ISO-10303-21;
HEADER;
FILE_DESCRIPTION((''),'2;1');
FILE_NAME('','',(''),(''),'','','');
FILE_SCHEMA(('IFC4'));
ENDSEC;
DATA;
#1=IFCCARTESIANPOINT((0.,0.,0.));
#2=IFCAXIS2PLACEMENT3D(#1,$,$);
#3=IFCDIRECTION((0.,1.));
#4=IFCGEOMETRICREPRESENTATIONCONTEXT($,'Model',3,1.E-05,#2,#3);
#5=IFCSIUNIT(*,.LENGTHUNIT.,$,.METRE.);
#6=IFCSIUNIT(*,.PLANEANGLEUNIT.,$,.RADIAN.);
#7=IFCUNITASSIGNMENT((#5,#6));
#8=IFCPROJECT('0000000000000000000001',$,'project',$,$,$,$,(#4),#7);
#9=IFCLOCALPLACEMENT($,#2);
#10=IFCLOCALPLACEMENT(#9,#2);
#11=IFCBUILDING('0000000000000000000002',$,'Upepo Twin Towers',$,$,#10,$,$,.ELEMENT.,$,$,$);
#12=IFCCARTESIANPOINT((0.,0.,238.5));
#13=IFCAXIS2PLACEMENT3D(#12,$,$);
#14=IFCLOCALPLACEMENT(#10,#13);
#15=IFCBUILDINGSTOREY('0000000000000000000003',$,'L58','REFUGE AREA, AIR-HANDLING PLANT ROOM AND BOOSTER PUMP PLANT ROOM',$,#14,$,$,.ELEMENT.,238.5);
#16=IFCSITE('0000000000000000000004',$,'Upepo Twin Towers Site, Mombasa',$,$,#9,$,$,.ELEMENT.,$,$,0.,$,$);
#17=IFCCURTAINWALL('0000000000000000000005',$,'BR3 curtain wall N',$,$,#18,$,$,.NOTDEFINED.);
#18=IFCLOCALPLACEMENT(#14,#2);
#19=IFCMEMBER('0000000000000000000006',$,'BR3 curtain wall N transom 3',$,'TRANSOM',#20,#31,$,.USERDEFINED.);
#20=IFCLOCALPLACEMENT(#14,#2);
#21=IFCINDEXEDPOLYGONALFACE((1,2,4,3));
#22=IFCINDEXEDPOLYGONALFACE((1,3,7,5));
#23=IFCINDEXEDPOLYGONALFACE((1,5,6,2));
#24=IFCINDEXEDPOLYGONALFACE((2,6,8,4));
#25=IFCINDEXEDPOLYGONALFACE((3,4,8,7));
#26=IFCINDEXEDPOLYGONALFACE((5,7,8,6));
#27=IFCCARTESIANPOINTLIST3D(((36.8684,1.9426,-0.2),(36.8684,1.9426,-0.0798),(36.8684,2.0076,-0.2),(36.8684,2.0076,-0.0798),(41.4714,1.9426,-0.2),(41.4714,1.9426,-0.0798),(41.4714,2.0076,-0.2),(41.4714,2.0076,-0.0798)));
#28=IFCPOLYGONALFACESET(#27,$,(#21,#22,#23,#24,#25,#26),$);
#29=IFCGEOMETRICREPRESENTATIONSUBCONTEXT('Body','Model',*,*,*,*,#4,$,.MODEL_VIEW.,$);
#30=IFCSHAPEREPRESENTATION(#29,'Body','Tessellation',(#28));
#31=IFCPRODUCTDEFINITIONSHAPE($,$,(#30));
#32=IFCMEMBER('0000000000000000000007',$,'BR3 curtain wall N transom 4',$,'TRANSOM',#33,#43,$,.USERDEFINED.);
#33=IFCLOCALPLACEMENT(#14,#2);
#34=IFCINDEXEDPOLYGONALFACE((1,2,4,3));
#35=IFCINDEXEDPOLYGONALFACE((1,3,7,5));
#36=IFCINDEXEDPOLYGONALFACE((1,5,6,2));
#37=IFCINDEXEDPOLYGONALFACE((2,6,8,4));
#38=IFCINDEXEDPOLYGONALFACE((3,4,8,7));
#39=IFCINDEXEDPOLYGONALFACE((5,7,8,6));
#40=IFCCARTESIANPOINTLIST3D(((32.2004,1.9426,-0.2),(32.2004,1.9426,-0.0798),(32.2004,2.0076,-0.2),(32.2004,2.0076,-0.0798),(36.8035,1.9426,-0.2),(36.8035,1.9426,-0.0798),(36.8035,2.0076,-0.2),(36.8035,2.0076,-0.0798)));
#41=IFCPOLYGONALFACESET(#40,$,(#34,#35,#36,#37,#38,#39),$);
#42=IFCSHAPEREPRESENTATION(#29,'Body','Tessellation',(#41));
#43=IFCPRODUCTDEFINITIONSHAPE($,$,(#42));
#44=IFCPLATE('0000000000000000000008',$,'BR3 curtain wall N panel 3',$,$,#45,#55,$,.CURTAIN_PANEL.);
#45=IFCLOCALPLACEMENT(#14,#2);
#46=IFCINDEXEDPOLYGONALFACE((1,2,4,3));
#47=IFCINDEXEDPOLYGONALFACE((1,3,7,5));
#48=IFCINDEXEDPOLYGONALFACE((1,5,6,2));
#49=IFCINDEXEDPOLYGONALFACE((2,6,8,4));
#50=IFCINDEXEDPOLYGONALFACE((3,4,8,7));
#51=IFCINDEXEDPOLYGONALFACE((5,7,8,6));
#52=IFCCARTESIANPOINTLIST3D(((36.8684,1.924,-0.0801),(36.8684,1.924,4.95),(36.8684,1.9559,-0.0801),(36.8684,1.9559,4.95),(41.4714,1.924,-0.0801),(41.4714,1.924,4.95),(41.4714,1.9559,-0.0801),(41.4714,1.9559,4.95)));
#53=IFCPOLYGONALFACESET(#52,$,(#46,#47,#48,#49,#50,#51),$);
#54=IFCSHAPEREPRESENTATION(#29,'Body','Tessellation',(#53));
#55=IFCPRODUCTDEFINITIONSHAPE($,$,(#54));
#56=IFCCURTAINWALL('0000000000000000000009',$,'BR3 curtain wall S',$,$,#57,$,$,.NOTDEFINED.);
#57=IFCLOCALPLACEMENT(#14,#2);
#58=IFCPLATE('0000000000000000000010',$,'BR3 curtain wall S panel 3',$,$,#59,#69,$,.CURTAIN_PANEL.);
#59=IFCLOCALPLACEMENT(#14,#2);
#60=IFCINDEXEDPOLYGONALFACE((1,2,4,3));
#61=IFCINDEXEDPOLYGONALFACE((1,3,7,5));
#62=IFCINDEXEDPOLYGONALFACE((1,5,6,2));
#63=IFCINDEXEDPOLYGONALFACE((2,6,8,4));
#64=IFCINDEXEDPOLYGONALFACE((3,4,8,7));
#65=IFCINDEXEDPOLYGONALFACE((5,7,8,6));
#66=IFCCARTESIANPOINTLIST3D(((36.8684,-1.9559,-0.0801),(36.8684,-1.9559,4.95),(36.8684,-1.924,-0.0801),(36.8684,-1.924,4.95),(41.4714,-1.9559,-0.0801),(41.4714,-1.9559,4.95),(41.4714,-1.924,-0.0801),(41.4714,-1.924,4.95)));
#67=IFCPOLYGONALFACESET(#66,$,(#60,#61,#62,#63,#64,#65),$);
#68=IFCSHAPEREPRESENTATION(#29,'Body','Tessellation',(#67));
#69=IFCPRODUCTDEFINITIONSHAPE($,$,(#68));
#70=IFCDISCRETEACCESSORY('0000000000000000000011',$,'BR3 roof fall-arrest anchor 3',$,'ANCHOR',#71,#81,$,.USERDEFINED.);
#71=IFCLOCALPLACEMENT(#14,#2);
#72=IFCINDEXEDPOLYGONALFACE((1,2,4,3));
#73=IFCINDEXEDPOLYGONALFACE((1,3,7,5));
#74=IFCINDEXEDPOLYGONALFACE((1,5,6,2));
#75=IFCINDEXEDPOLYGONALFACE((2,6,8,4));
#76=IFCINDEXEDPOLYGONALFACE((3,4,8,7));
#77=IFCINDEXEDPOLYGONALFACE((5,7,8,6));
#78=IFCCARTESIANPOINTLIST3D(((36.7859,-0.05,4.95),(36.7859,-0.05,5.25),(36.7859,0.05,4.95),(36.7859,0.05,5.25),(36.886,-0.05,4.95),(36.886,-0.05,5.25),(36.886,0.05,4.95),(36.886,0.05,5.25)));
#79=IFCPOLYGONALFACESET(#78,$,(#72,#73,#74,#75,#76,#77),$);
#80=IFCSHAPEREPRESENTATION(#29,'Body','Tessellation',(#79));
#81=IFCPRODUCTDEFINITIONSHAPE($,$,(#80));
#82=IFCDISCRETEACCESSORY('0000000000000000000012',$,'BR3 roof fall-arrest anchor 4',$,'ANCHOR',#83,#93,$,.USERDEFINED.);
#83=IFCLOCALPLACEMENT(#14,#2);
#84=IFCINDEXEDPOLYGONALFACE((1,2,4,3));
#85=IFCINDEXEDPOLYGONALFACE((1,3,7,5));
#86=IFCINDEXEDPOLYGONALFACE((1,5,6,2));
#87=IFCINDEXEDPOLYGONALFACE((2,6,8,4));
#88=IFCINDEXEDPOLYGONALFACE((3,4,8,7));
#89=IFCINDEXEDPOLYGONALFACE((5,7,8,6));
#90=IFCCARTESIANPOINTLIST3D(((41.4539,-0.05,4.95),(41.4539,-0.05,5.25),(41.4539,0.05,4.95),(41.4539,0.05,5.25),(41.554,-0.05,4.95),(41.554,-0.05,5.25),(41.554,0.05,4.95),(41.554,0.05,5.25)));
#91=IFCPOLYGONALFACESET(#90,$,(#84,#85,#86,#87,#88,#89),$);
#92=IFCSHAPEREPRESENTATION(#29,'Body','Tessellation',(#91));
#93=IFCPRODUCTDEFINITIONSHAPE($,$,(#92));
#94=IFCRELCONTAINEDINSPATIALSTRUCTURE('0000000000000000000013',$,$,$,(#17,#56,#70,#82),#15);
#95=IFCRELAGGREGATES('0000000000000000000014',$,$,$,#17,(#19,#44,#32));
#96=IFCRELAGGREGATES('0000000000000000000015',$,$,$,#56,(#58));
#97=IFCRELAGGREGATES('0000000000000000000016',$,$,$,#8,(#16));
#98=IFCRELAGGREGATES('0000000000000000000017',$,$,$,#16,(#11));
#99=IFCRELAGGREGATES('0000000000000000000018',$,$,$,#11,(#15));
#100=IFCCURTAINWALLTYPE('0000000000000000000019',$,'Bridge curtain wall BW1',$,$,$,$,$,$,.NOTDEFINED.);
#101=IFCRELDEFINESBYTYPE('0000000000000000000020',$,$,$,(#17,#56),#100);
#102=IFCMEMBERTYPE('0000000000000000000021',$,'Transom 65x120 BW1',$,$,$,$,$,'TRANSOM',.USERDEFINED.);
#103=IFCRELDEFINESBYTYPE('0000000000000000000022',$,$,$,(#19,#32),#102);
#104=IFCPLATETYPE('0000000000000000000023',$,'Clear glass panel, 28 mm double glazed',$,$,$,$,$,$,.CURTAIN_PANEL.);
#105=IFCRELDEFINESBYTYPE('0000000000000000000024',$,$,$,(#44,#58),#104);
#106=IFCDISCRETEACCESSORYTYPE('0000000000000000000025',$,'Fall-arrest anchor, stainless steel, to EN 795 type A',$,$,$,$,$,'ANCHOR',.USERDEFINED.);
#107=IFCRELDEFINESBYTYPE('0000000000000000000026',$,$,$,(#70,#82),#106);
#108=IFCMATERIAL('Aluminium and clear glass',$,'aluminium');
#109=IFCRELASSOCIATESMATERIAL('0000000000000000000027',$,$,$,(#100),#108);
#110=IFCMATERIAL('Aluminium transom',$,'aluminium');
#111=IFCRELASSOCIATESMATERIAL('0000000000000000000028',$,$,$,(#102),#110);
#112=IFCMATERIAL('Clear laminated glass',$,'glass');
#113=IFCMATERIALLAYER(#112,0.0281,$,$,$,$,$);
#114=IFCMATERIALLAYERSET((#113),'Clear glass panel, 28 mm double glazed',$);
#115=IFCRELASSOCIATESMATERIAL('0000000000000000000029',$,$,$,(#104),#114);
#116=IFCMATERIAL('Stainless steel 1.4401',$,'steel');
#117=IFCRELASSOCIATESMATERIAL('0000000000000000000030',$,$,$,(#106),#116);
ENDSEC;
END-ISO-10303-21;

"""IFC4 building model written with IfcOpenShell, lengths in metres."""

from ifc_helpers import new_model, si_unit, direction, frame, origin, origin_2d, place, context, subcontext, project, spatial, rectangle, extrude, material, layer, layer_set, material_profile, profile_set, type_object, element, aggregate, save


model = new_model("IFC4")

# Units and contexts
model_context = context("Model", 3, precision=1e-05, world=origin(), true_north=direction((0.0, 1.0)))
body_context = subcontext(model_context, "Body", "Model", "MODEL_VIEW")
ifc_project = project(units=[si_unit("LENGTHUNIT", "METRE"), si_unit("PLANEANGLEUNIT", "RADIAN")], contexts=[model_context])

# Site, building, storey
site_placement = place(None, origin())
site = spatial("IfcSite", under=ifc_project, at=site_placement, Name="Upepo Twin Towers Site, Mombasa", CompositionType="ELEMENT", RefElevation=0.0)
building_placement = place(site_placement, origin())
building = spatial("IfcBuilding", under=site, at=building_placement, Name="Upepo Twin Towers", CompositionType="ELEMENT")
storey_placement = place(building_placement, frame((0.0, 0.0, 238.5)))
storey = spatial("IfcBuildingStorey", under=building, at=storey_placement, Name="L58", Description="REFUGE AREA, AIR-HANDLING PLANT ROOM AND BOOSTER PUMP PLANT ROOM", CompositionType="ELEMENT", Elevation=238.5)

# Curtain wall, members, plate
ifc_material_1 = material(Name="Aluminium and clear glass", Category="aluminium")
curtain_wall_type = type_object("IfcCurtainWallType", Name="Bridge curtain wall BW1", PredefinedType="NOTDEFINED", material=ifc_material_1)
curtain_wall_1_placement = place(storey_placement, origin())
curtain_wall_1 = element("IfcCurtainWall", 1, at=curtain_wall_1_placement, inside=storey, type_object=curtain_wall_type, Name="BR3 curtain wall N", PredefinedType="NOTDEFINED")
ifc_material_2 = material(Name="Aluminium transom", Category="aluminium")
ifc_material_profile_1 = material_profile(ifc_material_2, rectangle(XDim=0.0649, YDim=0.1201, at=origin_2d()), Name="TRANSOM 65x120 BRIDGE")
ifc_profile_set_1 = profile_set([ifc_material_profile_1], Name="Aluminium transom")
member_type_1 = type_object("IfcMemberType", Name="Transom 65x120 BW1", ElementType="TRANSOM", PredefinedType="USERDEFINED", material=ifc_profile_set_1)
member_1_placement = place(storey_placement, frame((41.4714, 1.9751, -0.1399), z_axis=(-1.0, 0.0, 0.0), x_axis=(0.0, -1.0, 0.0)))
member_1 = element("IfcMember", 2, at=member_1_placement, type_object=member_type_1, Name="BR3 curtain wall N transom 3", ObjectType="TRANSOM", PredefinedType="USERDEFINED", context=body_context, shape_type="SweptSolid", body=[
    extrude(rectangle(XDim=0.0649, YDim=0.1201, at=origin_2d()), origin(), (0.0, 0.0, 1.0), 4.603),
])
member_2_placement = place(storey_placement, frame((36.8035, 1.9751, -0.1399), z_axis=(-1.0, 0.0, 0.0), x_axis=(0.0, -1.0, 0.0)))
member_2 = element("IfcMember", 3, at=member_2_placement, type_object=member_type_1, Name="BR3 curtain wall N transom 4", ObjectType="TRANSOM", PredefinedType="USERDEFINED", context=body_context, shape_type="SweptSolid", body=[
    extrude(rectangle(XDim=0.0649, YDim=0.1201, at=origin_2d()), origin(), (0.0, 0.0, 1.0), 4.603),
])
ifc_material_3 = material(Name="Clear laminated glass", Category="glass")
ifc_layer = layer(ifc_material_3, 0.0281)
ifc_layer_set = layer_set([ifc_layer], Name="Clear glass panel, 28 mm double glazed")
plate_type = type_object("IfcPlateType", Name="Clear glass panel, 28 mm double glazed", PredefinedType="CURTAIN_PANEL", material=ifc_layer_set)
plate_1_placement = place(storey_placement, frame((39.1699, 1.9399, -0.0801), z_axis=(0.0, 0.0, 1.0), x_axis=(-1.0, 0.0, 0.0)))
plate_1 = element("IfcPlate", 4, at=plate_1_placement, type_object=plate_type, Name="BR3 curtain wall N panel 3", PredefinedType="CURTAIN_PANEL", context=body_context, shape_type="SweptSolid", body=[
    extrude(rectangle(XDim=4.603, YDim=0.032, at=origin_2d()), origin(), (0.0, 0.0, 1.0), 5.03),
])
aggregate(curtain_wall_1, [member_1, plate_1, member_2])

# Curtain wall, plate
curtain_wall_2_placement = place(storey_placement, origin())
curtain_wall_2 = element("IfcCurtainWall", 5, at=curtain_wall_2_placement, inside=storey, type_object=curtain_wall_type, Name="BR3 curtain wall S", PredefinedType="NOTDEFINED")
plate_2_placement = place(storey_placement, frame((39.1699, -1.9399, -0.0801), z_axis=(0.0, 0.0, 1.0), x_axis=(1.0, 0.0, 0.0)))
plate_2 = element("IfcPlate", 6, at=plate_2_placement, type_object=plate_type, Name="BR3 curtain wall S panel 3", PredefinedType="CURTAIN_PANEL", context=body_context, shape_type="SweptSolid", body=[
    extrude(rectangle(XDim=4.603, YDim=0.032, at=origin_2d()), origin(), (0.0, 0.0, 1.0), 5.03),
])
aggregate(curtain_wall_2, [plate_2])

# Discrete accessories
ifc_material_4 = material(Name="Stainless steel 1.4401", Category="steel")
ifc_material_profile_2 = material_profile(ifc_material_4, rectangle(XDim=0.1001, YDim=0.1001, at=origin_2d()), Name="ANCHOR POST 100x100")
ifc_profile_set_2 = profile_set([ifc_material_profile_2], Name="Stainless steel 1.4401")
discrete_accessory_type = type_object("IfcDiscreteAccessoryType", Name="Fall-arrest anchor, stainless steel, to EN 795 type A", ElementType="ANCHOR", PredefinedType="USERDEFINED", material=ifc_profile_set_2)
for number, where, z_axis, x_axis, name in (
    (7, (36.8359, 0.0, 4.95), (0.0, 0.0, 1.0), (1.0, 0.0, 0.0), "BR3 roof fall-arrest anchor 3"),
    (8, (41.5039, 0.0, 4.95), (0.0, 0.0, 1.0), (1.0, 0.0, 0.0), "BR3 roof fall-arrest anchor 4"),
):
    element("IfcDiscreteAccessory", number, at=place(storey_placement, frame(where, z_axis=z_axis, x_axis=x_axis)), inside=storey, type_object=discrete_accessory_type, Name=name, ObjectType="ANCHOR", PredefinedType="USERDEFINED", context=body_context, shape_type="SweptSolid", body=[
        extrude(rectangle(XDim=0.1001, YDim=0.1001, at=origin_2d()), origin(), (0.0, 0.0, 1.0), 0.3),
    ])

save(model, "model.ifc")
